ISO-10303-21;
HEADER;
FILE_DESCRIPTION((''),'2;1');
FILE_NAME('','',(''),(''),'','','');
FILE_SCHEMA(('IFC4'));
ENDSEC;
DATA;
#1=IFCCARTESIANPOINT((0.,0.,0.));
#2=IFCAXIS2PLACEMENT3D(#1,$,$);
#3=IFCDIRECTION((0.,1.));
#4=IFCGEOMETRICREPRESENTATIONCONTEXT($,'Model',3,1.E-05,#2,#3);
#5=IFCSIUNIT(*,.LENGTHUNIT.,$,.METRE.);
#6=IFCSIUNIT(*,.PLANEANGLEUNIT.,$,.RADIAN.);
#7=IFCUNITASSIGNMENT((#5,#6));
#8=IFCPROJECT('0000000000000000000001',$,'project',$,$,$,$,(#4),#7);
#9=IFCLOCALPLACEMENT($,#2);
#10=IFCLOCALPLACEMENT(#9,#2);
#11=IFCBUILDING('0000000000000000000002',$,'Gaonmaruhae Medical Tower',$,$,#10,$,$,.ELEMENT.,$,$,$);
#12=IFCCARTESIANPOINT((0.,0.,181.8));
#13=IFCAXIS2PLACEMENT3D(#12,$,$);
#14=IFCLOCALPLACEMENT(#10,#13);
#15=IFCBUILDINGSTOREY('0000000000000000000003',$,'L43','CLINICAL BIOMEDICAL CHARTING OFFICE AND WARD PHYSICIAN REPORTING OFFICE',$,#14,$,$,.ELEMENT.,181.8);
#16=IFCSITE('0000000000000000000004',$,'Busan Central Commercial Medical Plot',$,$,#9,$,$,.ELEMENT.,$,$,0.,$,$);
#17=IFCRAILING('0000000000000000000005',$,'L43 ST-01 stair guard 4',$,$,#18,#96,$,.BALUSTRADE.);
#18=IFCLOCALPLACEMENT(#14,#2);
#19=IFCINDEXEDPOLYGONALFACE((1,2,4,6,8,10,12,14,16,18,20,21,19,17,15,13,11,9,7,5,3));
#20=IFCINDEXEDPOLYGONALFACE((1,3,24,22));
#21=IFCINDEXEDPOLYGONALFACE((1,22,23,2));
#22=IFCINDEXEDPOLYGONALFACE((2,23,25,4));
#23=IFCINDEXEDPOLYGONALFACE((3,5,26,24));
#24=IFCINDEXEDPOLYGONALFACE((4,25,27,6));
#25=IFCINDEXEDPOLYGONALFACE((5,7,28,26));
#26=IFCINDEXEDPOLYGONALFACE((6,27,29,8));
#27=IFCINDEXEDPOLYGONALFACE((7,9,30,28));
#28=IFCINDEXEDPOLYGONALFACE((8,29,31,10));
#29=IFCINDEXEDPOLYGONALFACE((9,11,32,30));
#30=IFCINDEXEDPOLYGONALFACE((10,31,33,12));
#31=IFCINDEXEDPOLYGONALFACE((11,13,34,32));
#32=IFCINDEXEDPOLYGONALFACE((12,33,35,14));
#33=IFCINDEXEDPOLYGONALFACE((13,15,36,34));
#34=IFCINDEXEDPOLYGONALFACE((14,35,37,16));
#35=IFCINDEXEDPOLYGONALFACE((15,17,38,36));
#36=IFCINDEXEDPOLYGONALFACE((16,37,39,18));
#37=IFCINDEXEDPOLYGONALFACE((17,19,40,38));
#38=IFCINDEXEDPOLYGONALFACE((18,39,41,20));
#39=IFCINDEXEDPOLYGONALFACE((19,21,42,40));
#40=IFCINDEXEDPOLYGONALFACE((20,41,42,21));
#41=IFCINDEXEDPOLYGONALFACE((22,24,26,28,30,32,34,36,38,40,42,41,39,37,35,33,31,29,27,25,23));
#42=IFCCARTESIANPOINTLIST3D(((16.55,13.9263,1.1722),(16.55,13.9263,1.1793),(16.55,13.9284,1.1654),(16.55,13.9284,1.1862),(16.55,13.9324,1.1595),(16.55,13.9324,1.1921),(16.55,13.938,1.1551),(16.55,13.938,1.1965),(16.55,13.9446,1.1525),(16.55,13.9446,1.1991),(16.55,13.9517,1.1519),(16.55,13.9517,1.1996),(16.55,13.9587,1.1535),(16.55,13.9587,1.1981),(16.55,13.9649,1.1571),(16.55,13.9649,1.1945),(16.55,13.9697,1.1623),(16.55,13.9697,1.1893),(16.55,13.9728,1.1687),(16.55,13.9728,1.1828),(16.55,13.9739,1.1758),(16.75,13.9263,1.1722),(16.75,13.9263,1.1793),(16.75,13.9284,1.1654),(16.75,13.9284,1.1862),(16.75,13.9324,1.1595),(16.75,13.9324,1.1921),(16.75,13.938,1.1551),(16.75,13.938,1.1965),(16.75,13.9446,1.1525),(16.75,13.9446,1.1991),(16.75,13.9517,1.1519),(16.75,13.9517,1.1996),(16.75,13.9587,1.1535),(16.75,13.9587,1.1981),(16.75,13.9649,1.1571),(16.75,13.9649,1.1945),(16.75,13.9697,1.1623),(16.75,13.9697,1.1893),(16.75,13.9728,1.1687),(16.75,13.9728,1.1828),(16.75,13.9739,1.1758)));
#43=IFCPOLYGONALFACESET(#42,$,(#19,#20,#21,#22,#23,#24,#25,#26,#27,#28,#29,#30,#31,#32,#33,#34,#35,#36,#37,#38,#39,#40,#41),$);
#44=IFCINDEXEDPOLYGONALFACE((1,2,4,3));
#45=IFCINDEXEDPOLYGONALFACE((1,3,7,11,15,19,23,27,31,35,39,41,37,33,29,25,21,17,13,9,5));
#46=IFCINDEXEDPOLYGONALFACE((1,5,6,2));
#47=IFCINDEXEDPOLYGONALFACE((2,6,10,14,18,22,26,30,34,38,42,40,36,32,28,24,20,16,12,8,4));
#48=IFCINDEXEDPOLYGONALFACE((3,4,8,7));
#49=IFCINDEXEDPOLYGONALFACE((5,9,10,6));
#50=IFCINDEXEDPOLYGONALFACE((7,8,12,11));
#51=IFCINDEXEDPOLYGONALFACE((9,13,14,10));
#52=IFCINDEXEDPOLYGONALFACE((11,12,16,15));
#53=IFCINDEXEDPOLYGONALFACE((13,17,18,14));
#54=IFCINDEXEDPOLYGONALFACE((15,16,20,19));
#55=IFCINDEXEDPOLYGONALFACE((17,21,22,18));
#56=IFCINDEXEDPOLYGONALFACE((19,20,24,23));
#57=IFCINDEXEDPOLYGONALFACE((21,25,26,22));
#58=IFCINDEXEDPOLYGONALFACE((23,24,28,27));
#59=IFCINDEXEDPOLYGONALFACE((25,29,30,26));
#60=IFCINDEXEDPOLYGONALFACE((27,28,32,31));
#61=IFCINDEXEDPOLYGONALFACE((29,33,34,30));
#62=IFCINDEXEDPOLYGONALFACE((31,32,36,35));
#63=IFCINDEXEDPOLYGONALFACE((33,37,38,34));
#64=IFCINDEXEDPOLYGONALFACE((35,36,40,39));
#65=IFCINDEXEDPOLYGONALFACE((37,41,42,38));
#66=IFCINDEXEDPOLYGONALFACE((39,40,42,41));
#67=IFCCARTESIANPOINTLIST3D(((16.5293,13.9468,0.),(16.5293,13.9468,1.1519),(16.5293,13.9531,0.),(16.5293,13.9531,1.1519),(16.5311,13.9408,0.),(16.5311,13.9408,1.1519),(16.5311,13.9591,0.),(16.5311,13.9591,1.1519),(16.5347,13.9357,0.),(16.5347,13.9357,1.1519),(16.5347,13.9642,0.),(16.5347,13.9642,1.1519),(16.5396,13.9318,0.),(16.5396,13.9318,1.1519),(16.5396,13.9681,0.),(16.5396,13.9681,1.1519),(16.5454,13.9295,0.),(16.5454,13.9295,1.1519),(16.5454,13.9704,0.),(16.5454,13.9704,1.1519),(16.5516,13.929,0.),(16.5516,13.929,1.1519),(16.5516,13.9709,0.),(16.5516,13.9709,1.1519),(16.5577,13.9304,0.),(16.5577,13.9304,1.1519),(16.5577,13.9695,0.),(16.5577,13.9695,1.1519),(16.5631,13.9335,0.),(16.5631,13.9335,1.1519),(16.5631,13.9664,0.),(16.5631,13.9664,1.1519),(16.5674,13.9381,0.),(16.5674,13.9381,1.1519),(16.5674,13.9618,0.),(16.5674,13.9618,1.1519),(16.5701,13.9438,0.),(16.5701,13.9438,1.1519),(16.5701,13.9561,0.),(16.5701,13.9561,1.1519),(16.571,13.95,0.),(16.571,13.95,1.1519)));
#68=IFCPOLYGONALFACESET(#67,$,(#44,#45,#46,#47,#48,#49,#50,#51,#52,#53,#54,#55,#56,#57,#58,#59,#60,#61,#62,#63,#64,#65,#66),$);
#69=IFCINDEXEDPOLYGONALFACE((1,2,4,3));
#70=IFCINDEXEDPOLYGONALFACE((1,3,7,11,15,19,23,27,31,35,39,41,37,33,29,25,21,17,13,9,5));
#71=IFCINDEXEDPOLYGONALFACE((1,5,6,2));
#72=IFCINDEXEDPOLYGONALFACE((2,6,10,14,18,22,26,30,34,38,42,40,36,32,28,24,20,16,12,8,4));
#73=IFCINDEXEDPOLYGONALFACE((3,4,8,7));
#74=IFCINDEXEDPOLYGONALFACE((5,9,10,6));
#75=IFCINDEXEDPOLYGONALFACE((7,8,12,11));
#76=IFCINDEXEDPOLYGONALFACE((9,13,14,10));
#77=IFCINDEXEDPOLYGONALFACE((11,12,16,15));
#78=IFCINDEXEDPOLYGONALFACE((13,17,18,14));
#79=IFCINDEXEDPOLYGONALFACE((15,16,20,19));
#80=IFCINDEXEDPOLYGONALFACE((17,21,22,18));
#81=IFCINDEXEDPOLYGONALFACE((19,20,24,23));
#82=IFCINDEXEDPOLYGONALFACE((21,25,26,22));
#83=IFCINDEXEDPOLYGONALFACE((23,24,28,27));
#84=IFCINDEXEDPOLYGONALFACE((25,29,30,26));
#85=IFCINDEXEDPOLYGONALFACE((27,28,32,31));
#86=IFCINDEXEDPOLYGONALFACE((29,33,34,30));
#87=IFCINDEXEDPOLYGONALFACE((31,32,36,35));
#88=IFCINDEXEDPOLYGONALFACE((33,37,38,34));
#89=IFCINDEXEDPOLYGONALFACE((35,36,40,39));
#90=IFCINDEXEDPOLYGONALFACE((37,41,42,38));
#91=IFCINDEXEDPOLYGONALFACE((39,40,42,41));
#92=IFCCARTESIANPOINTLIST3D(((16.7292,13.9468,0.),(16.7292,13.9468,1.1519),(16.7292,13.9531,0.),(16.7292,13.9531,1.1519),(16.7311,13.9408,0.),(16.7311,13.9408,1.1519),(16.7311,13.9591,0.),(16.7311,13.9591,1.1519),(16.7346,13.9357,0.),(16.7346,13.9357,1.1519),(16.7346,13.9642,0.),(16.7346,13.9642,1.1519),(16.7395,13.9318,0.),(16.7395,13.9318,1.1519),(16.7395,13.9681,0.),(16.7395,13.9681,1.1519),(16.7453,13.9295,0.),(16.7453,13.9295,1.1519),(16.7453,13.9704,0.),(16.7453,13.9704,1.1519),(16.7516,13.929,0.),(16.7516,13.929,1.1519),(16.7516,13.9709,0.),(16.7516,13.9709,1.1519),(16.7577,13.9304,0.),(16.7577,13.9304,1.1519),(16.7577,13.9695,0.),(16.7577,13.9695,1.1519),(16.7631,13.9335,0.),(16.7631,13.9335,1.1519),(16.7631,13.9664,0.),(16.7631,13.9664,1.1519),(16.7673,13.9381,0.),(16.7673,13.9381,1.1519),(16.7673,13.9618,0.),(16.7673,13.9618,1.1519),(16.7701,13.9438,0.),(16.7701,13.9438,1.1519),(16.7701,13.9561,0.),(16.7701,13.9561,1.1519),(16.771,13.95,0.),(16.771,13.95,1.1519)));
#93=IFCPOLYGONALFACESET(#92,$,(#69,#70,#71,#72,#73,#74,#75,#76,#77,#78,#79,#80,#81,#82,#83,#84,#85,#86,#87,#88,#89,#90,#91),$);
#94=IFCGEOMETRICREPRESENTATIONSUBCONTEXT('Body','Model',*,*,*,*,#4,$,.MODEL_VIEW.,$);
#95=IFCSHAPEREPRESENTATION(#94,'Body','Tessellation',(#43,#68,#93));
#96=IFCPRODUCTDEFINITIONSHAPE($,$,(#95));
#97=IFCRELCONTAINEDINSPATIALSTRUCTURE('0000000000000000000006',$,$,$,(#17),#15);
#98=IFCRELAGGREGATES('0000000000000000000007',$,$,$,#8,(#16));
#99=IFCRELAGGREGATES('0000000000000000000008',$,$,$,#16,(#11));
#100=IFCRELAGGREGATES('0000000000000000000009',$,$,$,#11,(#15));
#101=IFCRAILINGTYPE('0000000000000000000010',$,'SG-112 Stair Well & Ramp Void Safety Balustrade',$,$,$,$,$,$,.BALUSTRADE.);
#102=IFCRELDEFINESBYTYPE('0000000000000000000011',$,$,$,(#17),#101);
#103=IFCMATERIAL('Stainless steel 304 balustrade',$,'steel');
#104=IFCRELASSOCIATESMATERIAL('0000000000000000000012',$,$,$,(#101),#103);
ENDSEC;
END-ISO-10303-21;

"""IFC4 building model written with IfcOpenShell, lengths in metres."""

from ifc_helpers import new_model, si_unit, direction, frame, origin, origin_2d, place, context, subcontext, project, spatial, circle, extrude, material, type_object, element, save


model = new_model("IFC4")

# Units and contexts
model_context = context("Model", 3, precision=1e-05, world=origin(), true_north=direction((0.0, 1.0)))
body_context = subcontext(model_context, "Body", "Model", "MODEL_VIEW")
ifc_project = project(units=[si_unit("LENGTHUNIT", "METRE"), si_unit("PLANEANGLEUNIT", "RADIAN")], contexts=[model_context])

# Site, building, storey
site_placement = place(None, origin())
site = spatial("IfcSite", under=ifc_project, at=site_placement, Name="Busan Central Commercial Medical Plot", CompositionType="ELEMENT", RefElevation=0.0)
building_placement = place(site_placement, origin())
building = spatial("IfcBuilding", under=site, at=building_placement, Name="Gaonmaruhae Medical Tower", CompositionType="ELEMENT")
storey_placement = place(building_placement, frame((0.0, 0.0, 181.8)))
storey = spatial("IfcBuildingStorey", under=building, at=storey_placement, Name="L43", Description="CLINICAL BIOMEDICAL CHARTING OFFICE AND WARD PHYSICIAN REPORTING OFFICE", CompositionType="ELEMENT", Elevation=181.8)

# Railing
ifc_material_1 = material(Name="Stainless steel 304 balustrade", Category="steel")
railing_type_1 = type_object("IfcRailingType", Name="SG-112 Stair Well & Ramp Void Safety Balustrade", PredefinedType="BALUSTRADE", material=ifc_material_1)
railing_1_placement = place(storey_placement, frame((16.55, 13.95, 0.0)))
element("IfcRailing", 1, at=railing_1_placement, inside=storey, type_object=railing_type_1, Name="L43 ST-01 stair guard 4", PredefinedType="BALUSTRADE", context=body_context, shape_type="SweptSolid", body=[
    extrude(circle(Radius=0.0239, at=origin_2d()), frame((0.0, 0.0, 1.1758), z_axis=(1.0, 0.0, 0.0), x_axis=(0.0, 1.0, 0.0)), (0.0, 0.0, 1.0), 0.2),
    extrude(circle(Radius=0.021, at=origin_2d()), origin(), (0.0, 0.0, 1.0), 1.1519),
    extrude(circle(Radius=0.021, at=origin_2d()), frame((0.2, 0.0, 0.0)), (0.0, 0.0, 1.0), 1.1519),
])

save(model, "model.ifc")
